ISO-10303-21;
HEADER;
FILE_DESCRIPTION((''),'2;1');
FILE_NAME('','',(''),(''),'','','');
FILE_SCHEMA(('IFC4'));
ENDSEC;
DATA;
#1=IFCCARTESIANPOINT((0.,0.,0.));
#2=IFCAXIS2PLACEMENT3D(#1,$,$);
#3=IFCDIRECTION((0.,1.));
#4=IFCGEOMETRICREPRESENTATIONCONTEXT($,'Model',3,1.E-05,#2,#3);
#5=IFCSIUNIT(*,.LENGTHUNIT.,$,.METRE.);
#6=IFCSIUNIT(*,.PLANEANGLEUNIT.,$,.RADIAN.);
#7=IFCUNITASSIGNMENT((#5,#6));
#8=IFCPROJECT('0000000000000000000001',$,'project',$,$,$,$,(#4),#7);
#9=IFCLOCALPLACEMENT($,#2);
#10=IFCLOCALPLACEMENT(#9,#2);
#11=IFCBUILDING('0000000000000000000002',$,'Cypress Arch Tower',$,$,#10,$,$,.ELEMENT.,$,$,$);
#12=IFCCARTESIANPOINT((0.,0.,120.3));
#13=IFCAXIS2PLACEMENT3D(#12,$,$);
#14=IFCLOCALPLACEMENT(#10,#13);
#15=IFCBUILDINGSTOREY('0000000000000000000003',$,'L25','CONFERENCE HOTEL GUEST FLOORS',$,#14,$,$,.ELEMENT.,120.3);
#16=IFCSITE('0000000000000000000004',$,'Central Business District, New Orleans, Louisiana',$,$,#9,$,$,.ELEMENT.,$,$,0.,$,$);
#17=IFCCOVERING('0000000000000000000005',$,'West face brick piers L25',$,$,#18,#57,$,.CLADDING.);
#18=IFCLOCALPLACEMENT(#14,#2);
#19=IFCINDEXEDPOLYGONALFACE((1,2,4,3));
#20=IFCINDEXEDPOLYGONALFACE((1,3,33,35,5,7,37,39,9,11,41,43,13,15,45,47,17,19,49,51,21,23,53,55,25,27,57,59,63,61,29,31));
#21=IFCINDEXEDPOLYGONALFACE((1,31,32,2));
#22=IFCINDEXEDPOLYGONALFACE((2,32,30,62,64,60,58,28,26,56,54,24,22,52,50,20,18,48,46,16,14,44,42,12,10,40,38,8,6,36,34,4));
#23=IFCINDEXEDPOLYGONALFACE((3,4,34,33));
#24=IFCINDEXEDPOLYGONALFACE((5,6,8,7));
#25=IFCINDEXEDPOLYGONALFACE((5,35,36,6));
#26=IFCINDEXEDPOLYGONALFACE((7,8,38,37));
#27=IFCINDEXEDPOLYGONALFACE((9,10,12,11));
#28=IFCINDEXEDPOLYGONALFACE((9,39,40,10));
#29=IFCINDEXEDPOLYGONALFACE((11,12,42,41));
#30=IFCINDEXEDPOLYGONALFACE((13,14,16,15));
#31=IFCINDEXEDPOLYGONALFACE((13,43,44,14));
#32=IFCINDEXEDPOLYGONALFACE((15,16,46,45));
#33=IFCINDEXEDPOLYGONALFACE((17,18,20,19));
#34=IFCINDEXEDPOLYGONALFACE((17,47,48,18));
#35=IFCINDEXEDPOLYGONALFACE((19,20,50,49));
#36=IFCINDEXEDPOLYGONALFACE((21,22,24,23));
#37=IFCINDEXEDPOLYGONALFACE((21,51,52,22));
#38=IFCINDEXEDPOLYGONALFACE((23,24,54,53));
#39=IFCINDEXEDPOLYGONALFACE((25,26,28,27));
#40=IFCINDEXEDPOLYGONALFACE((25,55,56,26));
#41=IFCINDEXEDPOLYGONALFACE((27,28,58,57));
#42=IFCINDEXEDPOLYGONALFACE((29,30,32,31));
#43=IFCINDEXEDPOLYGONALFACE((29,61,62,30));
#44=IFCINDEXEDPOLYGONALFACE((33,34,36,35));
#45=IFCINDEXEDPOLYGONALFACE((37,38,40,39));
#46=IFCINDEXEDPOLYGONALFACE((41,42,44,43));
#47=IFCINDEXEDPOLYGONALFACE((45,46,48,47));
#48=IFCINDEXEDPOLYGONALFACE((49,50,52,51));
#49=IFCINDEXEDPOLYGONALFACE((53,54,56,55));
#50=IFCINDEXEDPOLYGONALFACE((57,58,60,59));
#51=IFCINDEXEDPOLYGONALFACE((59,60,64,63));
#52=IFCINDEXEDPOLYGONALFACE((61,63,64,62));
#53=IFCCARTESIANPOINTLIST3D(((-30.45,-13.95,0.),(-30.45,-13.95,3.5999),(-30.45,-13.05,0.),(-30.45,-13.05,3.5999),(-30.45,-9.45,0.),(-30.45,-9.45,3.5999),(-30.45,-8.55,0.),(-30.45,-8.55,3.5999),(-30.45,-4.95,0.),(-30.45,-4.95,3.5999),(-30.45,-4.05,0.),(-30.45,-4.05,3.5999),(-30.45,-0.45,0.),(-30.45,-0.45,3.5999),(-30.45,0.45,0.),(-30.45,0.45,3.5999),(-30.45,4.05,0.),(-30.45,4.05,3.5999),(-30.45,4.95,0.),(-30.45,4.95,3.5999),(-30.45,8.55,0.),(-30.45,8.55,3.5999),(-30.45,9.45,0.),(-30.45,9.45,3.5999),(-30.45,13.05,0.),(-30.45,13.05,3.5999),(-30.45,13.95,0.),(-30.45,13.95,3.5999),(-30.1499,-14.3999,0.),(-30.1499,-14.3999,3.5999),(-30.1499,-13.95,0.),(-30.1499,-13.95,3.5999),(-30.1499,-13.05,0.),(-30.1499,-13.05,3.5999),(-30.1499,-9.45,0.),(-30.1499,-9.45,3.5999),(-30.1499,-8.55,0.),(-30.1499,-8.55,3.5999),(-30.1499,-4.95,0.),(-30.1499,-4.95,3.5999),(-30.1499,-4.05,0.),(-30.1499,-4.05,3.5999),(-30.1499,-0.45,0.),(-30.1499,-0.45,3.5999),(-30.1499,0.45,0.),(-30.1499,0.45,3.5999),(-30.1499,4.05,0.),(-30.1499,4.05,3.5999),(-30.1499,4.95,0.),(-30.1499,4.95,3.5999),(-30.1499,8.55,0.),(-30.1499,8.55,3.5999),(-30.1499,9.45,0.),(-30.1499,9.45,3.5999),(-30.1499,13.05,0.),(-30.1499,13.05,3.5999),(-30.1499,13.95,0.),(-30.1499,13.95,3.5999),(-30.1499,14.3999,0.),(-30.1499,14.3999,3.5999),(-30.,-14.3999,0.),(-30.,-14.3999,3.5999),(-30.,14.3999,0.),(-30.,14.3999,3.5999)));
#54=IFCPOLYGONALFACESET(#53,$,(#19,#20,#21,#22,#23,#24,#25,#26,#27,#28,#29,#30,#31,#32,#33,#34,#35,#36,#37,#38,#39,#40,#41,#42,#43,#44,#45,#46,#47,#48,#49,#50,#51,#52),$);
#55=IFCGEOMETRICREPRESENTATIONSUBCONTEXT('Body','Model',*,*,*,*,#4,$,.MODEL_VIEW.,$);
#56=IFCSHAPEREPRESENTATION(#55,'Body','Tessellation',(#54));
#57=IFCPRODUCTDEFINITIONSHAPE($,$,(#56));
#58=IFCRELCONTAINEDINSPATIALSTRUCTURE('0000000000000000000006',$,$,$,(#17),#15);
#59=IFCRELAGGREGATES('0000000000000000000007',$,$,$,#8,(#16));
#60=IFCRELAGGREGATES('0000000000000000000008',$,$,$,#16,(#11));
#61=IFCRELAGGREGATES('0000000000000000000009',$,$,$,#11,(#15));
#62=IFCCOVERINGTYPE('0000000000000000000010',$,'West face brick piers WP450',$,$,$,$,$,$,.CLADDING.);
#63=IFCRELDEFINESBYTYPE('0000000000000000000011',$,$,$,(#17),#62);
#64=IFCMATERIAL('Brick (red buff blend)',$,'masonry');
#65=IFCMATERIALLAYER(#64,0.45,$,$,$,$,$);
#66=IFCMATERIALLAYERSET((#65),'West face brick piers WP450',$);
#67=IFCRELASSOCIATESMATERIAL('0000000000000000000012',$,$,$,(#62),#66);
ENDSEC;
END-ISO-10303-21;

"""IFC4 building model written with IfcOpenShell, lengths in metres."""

from ifc_helpers import new_model, si_unit, direction, frame, origin, place, context, subcontext, project, spatial, polyline, outline, extrude, material, layer, layer_set, type_object, element, save


model = new_model("IFC4")

# Units and contexts
model_context = context("Model", 3, precision=1e-05, world=origin(), true_north=direction((0.0, 1.0)))
body_context = subcontext(model_context, "Body", "Model", "MODEL_VIEW")
ifc_project = project(units=[si_unit("LENGTHUNIT", "METRE"), si_unit("PLANEANGLEUNIT", "RADIAN")], contexts=[model_context])

# Site, building, storey
site_placement = place(None, origin())
site = spatial("IfcSite", under=ifc_project, at=site_placement, Name="Central Business District, New Orleans, Louisiana", CompositionType="ELEMENT", RefElevation=0.0)
building_placement = place(site_placement, origin())
building = spatial("IfcBuilding", under=site, at=building_placement, Name="Cypress Arch Tower", CompositionType="ELEMENT")
storey_placement = place(building_placement, frame((0.0, 0.0, 120.3)))
storey = spatial("IfcBuildingStorey", under=building, at=storey_placement, Name="L25", Description="CONFERENCE HOTEL GUEST FLOORS", CompositionType="ELEMENT", Elevation=120.3)

# Covering
ifc_material_1 = material(Name="Brick (red buff blend)", Category="masonry")
ifc_layer_1 = layer(ifc_material_1, 0.45)
ifc_layer_set_1 = layer_set([ifc_layer_1], Name="West face brick piers WP450")
covering_type_1 = type_object("IfcCoveringType", Name="West face brick piers WP450", PredefinedType="CLADDING", material=ifc_layer_set_1)
covering_1_placement = place(storey_placement, origin())
element("IfcCovering", 1, at=covering_1_placement, inside=storey, type_object=covering_type_1, Name="West face brick piers L25", PredefinedType="CLADDING", context=body_context, shape_type="SweptSolid", body=[
    extrude(outline(polyline([(-30.1499, -13.05), (-30.1499, -9.45), (-30.45, -9.45), (-30.45, -8.55), (-30.1499, -8.55), (-30.1499, -4.95), (-30.45, -4.95), (-30.45, -4.05), (-30.1499, -4.05), (-30.1499, -0.45), (-30.45, -0.45), (-30.45, 0.45), (-30.1499, 0.45), (-30.1499, 4.05), (-30.45, 4.05), (-30.45, 4.95), (-30.1499, 4.95), (-30.1499, 8.55), (-30.45, 8.55), (-30.45, 9.45), (-30.1499, 9.45), (-30.1499, 13.05), (-30.45, 13.05), (-30.45, 13.95), (-30.1499, 13.95), (-30.1499, 14.3999), (-30.0, 14.3999), (-30.0, -14.3999), (-30.1499, -14.3999), (-30.1499, -13.95), (-30.45, -13.95), (-30.45, -13.05), (-30.1499, -13.05)])), origin(), (0.0, 0.0, 1.0), 3.5999),
])

save(model, "model.ifc")
